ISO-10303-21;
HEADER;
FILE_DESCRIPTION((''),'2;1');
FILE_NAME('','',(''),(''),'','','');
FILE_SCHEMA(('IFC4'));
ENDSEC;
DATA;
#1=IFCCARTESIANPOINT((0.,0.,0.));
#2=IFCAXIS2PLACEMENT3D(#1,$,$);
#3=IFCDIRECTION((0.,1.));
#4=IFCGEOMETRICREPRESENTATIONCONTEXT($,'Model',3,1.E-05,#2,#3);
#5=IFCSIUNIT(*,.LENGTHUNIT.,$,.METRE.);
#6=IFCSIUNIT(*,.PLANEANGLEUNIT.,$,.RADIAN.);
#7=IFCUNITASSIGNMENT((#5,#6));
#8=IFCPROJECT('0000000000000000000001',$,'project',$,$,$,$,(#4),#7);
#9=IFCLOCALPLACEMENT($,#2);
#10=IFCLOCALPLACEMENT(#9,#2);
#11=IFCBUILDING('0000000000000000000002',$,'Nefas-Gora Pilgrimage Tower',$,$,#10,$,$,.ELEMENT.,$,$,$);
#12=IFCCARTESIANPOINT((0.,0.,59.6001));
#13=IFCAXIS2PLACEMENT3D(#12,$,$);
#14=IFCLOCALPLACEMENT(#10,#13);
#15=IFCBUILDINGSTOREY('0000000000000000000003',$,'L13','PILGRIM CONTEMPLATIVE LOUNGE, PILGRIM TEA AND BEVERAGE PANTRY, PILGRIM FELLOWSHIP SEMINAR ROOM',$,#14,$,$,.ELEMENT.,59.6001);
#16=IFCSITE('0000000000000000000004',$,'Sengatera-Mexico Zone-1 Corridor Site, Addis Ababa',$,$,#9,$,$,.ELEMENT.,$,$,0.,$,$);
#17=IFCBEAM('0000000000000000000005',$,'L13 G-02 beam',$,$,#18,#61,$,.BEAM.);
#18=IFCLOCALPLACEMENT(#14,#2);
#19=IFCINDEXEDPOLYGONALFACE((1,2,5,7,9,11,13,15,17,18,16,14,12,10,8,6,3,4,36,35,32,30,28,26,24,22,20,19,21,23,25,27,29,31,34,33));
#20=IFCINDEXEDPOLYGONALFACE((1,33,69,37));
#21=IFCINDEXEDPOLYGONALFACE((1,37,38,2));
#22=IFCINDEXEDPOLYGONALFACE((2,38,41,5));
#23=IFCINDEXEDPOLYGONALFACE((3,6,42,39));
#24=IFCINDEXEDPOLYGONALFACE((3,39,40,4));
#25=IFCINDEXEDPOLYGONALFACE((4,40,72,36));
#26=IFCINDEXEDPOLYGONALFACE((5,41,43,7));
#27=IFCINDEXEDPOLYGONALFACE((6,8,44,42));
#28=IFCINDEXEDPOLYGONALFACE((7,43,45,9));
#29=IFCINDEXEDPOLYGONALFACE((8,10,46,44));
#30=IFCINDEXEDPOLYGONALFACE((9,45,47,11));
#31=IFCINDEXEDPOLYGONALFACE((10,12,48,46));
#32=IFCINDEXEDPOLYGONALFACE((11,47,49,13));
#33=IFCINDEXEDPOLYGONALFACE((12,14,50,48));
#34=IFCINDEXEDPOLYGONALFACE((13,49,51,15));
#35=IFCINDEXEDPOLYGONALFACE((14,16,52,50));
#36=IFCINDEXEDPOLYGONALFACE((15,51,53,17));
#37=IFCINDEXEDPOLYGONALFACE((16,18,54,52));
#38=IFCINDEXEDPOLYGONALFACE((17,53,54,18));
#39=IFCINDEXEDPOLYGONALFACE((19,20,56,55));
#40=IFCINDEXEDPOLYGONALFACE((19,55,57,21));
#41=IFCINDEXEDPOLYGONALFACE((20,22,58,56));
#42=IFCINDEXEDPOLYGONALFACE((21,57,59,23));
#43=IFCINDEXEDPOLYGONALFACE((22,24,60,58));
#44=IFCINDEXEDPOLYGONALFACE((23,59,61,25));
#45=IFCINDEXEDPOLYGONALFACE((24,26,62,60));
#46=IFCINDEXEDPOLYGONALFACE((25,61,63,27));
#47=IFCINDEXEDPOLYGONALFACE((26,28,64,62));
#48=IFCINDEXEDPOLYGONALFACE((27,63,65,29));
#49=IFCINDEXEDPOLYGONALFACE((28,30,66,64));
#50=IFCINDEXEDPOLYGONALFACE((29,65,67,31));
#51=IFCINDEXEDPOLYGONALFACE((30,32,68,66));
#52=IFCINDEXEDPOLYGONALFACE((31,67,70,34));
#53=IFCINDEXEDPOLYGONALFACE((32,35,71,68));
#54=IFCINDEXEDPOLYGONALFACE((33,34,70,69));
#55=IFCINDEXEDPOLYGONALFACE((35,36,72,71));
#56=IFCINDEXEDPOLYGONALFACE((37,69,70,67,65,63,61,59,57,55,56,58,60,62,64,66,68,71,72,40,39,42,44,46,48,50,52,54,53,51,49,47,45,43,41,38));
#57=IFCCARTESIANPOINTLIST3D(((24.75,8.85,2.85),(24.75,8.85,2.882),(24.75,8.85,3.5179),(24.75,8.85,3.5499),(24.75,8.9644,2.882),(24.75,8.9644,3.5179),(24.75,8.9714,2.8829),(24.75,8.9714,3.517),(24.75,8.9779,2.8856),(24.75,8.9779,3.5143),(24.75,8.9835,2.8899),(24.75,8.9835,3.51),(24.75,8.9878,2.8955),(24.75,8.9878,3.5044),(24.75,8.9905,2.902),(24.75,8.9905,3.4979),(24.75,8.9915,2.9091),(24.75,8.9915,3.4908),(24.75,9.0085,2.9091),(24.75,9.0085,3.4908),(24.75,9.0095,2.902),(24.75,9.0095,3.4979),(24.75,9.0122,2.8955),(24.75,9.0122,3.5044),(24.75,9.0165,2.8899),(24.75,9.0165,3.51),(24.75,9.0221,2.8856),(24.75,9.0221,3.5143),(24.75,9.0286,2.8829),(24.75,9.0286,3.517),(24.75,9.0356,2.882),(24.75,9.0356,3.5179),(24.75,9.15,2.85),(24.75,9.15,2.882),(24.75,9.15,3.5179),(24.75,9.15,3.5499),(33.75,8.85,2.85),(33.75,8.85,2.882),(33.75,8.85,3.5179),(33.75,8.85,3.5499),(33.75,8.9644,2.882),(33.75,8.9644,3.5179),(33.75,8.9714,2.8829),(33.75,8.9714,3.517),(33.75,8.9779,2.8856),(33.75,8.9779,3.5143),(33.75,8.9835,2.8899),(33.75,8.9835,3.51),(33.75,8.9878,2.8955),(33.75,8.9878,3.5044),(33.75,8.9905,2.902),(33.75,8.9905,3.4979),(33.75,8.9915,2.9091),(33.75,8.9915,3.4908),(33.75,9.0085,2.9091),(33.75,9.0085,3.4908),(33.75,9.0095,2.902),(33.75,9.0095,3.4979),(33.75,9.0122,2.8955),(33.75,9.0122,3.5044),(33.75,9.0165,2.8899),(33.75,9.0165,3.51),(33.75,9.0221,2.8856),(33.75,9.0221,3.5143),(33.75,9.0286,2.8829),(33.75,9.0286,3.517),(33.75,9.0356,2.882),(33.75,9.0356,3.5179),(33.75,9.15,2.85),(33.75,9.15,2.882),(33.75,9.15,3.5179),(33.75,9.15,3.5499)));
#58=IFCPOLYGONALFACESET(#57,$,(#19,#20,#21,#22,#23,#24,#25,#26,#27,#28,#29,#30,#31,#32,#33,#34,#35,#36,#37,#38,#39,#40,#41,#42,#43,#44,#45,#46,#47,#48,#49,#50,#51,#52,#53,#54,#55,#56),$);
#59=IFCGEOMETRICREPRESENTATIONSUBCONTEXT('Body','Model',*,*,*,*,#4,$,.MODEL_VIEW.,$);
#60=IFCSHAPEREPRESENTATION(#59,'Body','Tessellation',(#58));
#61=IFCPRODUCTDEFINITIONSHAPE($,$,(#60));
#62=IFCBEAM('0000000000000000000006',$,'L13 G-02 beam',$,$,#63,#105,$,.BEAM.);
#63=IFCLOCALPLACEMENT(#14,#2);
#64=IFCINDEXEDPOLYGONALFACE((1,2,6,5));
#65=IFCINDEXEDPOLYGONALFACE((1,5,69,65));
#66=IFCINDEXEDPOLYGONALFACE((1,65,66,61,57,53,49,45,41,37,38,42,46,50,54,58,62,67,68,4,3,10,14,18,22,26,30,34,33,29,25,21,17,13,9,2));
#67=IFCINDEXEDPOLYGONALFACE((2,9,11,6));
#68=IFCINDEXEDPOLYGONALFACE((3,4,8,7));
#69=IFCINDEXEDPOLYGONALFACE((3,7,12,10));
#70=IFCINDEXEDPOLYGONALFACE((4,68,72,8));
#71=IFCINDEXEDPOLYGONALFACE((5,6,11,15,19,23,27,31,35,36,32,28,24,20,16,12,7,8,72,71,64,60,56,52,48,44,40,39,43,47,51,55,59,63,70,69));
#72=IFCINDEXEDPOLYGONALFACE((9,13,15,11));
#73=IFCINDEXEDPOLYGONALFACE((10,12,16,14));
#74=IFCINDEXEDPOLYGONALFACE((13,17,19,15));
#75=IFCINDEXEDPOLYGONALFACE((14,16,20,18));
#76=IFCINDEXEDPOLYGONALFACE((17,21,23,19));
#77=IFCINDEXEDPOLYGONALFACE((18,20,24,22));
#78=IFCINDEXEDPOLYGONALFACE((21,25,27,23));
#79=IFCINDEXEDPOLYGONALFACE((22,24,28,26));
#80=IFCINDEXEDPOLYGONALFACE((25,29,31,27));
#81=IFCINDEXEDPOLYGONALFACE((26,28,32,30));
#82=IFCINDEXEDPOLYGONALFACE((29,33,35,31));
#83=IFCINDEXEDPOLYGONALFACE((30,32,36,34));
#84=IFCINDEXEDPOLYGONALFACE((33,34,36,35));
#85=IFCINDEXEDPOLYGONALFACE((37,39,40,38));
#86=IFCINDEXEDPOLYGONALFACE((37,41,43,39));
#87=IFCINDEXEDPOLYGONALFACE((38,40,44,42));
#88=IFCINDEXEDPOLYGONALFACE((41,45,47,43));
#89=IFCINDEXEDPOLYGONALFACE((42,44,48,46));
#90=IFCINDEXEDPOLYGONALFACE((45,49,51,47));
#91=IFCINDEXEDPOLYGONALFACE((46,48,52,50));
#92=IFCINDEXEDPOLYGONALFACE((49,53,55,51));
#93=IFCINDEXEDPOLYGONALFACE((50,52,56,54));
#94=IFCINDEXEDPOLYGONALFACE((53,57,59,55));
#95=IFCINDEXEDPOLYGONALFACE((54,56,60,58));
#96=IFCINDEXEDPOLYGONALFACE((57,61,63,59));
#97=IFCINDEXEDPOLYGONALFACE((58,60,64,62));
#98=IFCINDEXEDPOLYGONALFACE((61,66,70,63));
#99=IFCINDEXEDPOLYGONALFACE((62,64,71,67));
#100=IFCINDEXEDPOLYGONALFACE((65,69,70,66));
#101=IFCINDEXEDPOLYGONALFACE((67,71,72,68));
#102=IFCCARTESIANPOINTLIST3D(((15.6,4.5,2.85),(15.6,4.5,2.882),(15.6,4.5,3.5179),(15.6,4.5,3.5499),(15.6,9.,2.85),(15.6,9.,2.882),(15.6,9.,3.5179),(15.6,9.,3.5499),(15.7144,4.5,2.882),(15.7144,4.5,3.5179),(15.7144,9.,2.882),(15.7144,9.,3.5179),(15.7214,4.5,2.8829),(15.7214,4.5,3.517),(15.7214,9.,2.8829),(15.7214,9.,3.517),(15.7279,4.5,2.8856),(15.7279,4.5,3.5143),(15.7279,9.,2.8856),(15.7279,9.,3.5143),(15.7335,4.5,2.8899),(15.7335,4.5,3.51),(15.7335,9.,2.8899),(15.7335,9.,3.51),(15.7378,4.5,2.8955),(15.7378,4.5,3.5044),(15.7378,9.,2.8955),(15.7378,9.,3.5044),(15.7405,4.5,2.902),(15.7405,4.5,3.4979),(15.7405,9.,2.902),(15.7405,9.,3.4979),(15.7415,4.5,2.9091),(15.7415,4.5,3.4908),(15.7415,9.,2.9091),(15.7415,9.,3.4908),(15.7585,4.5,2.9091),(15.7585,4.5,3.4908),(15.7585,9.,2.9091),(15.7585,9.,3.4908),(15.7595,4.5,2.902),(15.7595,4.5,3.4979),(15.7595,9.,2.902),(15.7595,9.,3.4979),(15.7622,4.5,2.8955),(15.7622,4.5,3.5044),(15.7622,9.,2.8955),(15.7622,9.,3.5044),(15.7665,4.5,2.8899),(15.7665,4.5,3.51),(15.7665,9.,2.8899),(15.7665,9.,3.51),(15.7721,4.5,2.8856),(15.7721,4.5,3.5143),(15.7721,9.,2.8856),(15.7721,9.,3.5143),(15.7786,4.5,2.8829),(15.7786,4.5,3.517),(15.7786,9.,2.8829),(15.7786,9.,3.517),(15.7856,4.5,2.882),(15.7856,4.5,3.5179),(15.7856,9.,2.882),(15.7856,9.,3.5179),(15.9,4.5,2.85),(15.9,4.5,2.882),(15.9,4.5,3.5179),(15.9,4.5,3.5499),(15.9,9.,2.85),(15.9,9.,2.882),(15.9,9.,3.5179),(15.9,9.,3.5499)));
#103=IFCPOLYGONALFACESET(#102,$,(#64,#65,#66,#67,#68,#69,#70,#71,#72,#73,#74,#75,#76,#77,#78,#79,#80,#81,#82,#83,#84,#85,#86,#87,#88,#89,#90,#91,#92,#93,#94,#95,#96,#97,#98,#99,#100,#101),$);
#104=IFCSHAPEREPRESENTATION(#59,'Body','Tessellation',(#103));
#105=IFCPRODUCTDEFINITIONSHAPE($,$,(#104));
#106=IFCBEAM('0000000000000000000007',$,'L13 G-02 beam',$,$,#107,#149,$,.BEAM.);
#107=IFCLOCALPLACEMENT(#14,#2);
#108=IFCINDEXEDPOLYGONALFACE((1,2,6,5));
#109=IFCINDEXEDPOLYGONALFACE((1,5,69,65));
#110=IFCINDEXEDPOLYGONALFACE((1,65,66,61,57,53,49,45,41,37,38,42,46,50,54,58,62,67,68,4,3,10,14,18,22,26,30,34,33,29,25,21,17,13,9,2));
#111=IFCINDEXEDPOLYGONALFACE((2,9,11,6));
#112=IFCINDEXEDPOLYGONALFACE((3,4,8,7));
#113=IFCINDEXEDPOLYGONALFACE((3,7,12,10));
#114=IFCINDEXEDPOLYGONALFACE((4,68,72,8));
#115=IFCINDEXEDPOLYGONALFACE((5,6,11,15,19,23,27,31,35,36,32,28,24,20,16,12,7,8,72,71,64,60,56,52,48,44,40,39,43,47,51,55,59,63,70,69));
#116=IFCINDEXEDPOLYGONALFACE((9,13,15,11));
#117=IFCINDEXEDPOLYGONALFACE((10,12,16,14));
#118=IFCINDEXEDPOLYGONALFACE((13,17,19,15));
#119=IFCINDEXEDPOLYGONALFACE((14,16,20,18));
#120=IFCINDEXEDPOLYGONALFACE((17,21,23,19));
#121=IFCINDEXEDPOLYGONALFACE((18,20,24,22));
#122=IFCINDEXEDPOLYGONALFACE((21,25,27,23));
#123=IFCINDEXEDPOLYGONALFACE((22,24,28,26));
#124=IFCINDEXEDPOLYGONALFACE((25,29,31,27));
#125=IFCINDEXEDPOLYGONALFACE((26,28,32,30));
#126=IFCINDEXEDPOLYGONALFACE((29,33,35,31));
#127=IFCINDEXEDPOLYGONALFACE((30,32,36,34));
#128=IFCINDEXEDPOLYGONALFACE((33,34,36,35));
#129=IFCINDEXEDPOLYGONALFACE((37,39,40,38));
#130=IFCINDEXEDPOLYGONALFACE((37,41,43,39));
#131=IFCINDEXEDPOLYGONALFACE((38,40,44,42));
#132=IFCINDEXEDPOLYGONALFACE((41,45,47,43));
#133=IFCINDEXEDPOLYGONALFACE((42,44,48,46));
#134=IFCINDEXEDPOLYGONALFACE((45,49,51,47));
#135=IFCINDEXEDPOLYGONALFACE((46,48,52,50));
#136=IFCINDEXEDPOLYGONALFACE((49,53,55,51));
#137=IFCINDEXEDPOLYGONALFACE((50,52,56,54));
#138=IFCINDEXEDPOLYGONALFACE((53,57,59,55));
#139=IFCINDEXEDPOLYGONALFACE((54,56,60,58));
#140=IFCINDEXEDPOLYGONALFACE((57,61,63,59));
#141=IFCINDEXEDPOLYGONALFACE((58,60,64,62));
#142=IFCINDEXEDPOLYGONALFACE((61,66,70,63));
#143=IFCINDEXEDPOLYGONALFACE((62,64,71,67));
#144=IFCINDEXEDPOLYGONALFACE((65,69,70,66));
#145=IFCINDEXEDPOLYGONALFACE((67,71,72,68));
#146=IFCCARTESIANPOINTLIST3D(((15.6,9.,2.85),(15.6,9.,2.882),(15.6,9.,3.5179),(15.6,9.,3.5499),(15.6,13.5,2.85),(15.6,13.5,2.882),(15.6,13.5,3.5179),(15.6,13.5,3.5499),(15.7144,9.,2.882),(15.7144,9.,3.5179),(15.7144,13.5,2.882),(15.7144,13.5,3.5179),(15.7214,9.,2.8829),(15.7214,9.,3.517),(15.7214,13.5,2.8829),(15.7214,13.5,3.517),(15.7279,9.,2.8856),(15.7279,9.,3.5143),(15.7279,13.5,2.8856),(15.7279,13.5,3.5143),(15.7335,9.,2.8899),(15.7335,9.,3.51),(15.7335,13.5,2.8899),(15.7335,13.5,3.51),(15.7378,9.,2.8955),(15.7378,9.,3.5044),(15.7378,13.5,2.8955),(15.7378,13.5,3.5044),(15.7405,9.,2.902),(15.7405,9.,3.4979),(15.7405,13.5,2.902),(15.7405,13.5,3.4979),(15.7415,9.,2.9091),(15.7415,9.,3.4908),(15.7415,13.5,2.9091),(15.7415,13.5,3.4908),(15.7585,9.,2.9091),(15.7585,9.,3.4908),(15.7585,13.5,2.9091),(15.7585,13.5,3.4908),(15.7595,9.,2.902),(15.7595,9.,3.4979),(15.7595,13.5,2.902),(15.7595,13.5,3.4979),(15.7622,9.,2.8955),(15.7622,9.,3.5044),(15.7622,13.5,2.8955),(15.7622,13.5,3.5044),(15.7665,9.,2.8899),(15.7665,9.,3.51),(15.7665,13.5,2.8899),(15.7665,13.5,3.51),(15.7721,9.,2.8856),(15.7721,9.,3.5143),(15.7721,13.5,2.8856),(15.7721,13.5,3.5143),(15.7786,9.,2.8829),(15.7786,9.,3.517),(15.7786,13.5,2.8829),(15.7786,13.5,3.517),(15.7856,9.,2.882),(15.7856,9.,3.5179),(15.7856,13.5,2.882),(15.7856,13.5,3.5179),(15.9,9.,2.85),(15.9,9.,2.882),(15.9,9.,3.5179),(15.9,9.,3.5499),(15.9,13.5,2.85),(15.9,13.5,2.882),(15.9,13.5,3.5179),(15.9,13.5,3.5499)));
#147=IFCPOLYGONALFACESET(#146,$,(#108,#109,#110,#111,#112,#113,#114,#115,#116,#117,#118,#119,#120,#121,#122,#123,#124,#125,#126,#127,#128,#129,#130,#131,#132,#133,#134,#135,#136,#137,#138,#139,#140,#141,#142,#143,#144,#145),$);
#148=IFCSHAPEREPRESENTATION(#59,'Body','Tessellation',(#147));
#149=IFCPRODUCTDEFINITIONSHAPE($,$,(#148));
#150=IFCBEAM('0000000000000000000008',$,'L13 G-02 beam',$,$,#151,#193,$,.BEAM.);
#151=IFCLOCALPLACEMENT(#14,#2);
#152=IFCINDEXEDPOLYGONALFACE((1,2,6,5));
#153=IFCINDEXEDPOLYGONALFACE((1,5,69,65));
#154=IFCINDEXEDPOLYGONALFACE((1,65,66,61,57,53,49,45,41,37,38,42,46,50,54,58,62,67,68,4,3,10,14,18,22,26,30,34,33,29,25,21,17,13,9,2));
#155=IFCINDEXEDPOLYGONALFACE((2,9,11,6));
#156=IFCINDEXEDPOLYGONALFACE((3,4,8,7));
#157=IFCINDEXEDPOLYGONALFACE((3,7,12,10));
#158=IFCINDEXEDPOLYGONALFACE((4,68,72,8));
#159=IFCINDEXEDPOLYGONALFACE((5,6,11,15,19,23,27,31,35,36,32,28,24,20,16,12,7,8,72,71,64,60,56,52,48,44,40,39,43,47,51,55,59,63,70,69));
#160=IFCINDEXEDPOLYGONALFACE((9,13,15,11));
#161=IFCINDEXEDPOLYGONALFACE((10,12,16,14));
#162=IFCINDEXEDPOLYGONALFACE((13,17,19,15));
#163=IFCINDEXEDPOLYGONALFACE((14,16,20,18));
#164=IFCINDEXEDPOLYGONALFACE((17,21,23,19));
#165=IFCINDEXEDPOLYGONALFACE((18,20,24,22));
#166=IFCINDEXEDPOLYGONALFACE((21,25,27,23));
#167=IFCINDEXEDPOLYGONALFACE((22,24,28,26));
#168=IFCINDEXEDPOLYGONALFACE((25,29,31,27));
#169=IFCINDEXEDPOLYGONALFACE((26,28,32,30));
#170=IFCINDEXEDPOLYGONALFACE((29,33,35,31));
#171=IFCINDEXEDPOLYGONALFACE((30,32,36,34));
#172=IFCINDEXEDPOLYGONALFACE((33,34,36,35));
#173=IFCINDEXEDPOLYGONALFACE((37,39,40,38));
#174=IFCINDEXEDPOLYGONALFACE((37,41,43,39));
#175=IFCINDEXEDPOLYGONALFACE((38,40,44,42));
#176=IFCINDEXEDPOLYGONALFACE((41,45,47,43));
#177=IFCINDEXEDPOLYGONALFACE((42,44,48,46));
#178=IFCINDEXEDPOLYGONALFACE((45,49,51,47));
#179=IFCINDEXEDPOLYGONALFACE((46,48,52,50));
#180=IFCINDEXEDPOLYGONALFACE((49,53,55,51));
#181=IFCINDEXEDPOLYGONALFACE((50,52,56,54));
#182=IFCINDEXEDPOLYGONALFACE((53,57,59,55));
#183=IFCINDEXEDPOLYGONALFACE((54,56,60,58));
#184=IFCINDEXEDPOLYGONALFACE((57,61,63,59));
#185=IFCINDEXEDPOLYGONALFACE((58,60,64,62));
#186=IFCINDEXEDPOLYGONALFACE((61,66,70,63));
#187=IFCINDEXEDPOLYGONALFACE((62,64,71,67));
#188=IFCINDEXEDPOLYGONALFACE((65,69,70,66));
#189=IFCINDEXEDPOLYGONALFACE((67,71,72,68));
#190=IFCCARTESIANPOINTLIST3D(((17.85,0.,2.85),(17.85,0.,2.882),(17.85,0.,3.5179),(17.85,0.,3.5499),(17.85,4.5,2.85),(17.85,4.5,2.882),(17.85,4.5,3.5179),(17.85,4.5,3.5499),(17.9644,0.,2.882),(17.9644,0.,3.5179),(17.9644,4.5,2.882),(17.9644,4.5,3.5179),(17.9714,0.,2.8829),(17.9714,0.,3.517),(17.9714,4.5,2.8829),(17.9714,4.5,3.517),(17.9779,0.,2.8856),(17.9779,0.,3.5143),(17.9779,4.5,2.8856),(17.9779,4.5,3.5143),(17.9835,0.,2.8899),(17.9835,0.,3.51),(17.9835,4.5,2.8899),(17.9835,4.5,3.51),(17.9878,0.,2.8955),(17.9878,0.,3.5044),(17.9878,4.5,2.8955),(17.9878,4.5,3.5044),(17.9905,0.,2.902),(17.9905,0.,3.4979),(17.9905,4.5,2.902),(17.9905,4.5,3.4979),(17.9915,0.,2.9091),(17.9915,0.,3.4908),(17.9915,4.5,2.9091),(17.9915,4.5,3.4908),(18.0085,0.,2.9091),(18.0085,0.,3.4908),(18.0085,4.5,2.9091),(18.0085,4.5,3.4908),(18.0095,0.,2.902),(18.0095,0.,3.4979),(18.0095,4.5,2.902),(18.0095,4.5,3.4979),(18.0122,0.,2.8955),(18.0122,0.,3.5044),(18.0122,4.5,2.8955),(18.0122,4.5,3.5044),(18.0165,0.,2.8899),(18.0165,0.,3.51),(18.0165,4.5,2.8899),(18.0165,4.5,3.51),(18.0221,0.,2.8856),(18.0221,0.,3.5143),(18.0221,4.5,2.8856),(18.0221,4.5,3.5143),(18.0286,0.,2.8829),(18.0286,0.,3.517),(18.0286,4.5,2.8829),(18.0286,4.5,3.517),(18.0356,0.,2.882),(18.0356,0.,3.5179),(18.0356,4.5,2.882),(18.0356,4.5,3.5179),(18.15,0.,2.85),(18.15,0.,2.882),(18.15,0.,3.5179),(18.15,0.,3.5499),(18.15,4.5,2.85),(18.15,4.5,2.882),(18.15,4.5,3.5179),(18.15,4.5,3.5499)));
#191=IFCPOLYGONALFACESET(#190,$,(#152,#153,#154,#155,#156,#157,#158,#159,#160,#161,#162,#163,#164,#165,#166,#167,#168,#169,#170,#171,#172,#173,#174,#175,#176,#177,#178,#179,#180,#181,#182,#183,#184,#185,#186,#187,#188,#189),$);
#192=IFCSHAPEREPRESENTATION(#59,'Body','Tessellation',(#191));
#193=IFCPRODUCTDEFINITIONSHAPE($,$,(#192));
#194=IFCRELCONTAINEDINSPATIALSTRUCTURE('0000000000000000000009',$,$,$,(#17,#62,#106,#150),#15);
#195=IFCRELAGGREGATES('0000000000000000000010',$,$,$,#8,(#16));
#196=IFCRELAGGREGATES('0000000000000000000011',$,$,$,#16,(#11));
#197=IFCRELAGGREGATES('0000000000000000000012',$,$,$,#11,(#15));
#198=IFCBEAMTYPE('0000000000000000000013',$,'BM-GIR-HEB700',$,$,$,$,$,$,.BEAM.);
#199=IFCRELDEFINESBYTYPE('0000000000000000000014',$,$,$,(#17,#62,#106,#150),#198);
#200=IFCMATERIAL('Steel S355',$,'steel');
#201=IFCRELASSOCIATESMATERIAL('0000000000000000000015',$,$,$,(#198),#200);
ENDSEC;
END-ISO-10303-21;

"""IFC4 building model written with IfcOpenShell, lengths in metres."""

from ifc_helpers import new_model, si_unit, direction, frame, origin, origin_2d, place, context, subcontext, project, spatial, i_section, extrude, source, transform, mapped, material, material_profile, profile_set, type_object, element, save


model = new_model("IFC4")

# Units and contexts
model_context = context("Model", 3, precision=1e-05, world=origin(), true_north=direction((0.0, 1.0)))
body_context = subcontext(model_context, "Body", "Model", "MODEL_VIEW")
ifc_project = project(units=[si_unit("LENGTHUNIT", "METRE"), si_unit("PLANEANGLEUNIT", "RADIAN")], contexts=[model_context])

# Site, building, storey
site_placement = place(None, origin())
site = spatial("IfcSite", under=ifc_project, at=site_placement, Name="Sengatera-Mexico Zone-1 Corridor Site, Addis Ababa", CompositionType="ELEMENT", RefElevation=0.0)
building_placement = place(site_placement, origin())
building = spatial("IfcBuilding", under=site, at=building_placement, Name="Nefas-Gora Pilgrimage Tower", CompositionType="ELEMENT")
storey_placement = place(building_placement, frame((0.0, 0.0, 59.6001)))
storey = spatial("IfcBuildingStorey", under=building, at=storey_placement, Name="L13", Description="PILGRIM CONTEMPLATIVE LOUNGE, PILGRIM TEA AND BEVERAGE PANTRY, PILGRIM FELLOWSHIP SEMINAR ROOM", CompositionType="ELEMENT", Elevation=59.6001)

# Beams
ifc_material_1 = material(Name="Steel S355", Category="steel")
ifc_material_profile_1 = material_profile(ifc_material_1, i_section(OverallWidth=0.3, OverallDepth=0.7, WebThickness=0.0171, FlangeThickness=0.032, FilletRadius=0.0271, at=origin_2d()), Name="HEB 700")
ifc_profile_set_1 = profile_set([ifc_material_profile_1], Name="Steel S355")
beam_type_1 = type_object("IfcBeamType", Name="BM-GIR-HEB700", PredefinedType="BEAM", material=ifc_profile_set_1)
shared_shape_1 = source(origin(), body_context, "Body", "SweptSolid", [
    extrude(i_section(OverallWidth=0.3, OverallDepth=0.7, WebThickness=0.0171, FlangeThickness=0.032, FilletRadius=0.0271, at=origin_2d()), origin(), (0.0, 0.0, 1.0), 9.0),
])
for number, where, z_axis, x_axis, name in (
    (1, (24.75, 9.0, 3.2), (1.0, 0.0, 0.0), (0.0, 1.0, 0.0), "L13 G-02 beam"),
):
    element("IfcBeam", number, at=place(storey_placement, frame(where, z_axis=z_axis, x_axis=x_axis)), inside=storey, type_object=beam_type_1, Name=name, PredefinedType="BEAM", context=body_context, shape_type="MappedRepresentation", body=[
        mapped(shared_shape_1, transform((0.0, 0.0, 0.0), x_axis=(1.0, 0.0, 0.0), y_axis=(0.0, 1.0, 0.0), z_axis=(0.0, 0.0, 1.0), scale=1.0)),
    ])
shared_shape_2 = source(origin(), body_context, "Body", "SweptSolid", [
    extrude(i_section(OverallWidth=0.3, OverallDepth=0.7, WebThickness=0.0171, FlangeThickness=0.032, FilletRadius=0.0271, at=origin_2d()), origin(), (0.0, 0.0, 1.0), 4.5),
])
for number, where, z_axis, x_axis, name in (
    (2, (15.75, 4.5, 3.2), (0.0, 1.0, 0.0), (-1.0, 0.0, 0.0), "L13 G-02 beam"),
    (3, (15.75, 9.0, 3.2), (0.0, 1.0, 0.0), (-1.0, 0.0, 0.0), "L13 G-02 beam"),
    (4, (18.0, 0.0, 3.2), (0.0, 1.0, 0.0), (-1.0, 0.0, 0.0), "L13 G-02 beam"),
):
    element("IfcBeam", number, at=place(storey_placement, frame(where, z_axis=z_axis, x_axis=x_axis)), inside=storey, type_object=beam_type_1, Name=name, PredefinedType="BEAM", context=body_context, shape_type="MappedRepresentation", body=[
        mapped(shared_shape_2, transform((0.0, 0.0, 0.0), x_axis=(1.0, 0.0, 0.0), y_axis=(0.0, 1.0, 0.0), z_axis=(0.0, 0.0, 1.0), scale=1.0)),
    ])

save(model, "model.ifc")
